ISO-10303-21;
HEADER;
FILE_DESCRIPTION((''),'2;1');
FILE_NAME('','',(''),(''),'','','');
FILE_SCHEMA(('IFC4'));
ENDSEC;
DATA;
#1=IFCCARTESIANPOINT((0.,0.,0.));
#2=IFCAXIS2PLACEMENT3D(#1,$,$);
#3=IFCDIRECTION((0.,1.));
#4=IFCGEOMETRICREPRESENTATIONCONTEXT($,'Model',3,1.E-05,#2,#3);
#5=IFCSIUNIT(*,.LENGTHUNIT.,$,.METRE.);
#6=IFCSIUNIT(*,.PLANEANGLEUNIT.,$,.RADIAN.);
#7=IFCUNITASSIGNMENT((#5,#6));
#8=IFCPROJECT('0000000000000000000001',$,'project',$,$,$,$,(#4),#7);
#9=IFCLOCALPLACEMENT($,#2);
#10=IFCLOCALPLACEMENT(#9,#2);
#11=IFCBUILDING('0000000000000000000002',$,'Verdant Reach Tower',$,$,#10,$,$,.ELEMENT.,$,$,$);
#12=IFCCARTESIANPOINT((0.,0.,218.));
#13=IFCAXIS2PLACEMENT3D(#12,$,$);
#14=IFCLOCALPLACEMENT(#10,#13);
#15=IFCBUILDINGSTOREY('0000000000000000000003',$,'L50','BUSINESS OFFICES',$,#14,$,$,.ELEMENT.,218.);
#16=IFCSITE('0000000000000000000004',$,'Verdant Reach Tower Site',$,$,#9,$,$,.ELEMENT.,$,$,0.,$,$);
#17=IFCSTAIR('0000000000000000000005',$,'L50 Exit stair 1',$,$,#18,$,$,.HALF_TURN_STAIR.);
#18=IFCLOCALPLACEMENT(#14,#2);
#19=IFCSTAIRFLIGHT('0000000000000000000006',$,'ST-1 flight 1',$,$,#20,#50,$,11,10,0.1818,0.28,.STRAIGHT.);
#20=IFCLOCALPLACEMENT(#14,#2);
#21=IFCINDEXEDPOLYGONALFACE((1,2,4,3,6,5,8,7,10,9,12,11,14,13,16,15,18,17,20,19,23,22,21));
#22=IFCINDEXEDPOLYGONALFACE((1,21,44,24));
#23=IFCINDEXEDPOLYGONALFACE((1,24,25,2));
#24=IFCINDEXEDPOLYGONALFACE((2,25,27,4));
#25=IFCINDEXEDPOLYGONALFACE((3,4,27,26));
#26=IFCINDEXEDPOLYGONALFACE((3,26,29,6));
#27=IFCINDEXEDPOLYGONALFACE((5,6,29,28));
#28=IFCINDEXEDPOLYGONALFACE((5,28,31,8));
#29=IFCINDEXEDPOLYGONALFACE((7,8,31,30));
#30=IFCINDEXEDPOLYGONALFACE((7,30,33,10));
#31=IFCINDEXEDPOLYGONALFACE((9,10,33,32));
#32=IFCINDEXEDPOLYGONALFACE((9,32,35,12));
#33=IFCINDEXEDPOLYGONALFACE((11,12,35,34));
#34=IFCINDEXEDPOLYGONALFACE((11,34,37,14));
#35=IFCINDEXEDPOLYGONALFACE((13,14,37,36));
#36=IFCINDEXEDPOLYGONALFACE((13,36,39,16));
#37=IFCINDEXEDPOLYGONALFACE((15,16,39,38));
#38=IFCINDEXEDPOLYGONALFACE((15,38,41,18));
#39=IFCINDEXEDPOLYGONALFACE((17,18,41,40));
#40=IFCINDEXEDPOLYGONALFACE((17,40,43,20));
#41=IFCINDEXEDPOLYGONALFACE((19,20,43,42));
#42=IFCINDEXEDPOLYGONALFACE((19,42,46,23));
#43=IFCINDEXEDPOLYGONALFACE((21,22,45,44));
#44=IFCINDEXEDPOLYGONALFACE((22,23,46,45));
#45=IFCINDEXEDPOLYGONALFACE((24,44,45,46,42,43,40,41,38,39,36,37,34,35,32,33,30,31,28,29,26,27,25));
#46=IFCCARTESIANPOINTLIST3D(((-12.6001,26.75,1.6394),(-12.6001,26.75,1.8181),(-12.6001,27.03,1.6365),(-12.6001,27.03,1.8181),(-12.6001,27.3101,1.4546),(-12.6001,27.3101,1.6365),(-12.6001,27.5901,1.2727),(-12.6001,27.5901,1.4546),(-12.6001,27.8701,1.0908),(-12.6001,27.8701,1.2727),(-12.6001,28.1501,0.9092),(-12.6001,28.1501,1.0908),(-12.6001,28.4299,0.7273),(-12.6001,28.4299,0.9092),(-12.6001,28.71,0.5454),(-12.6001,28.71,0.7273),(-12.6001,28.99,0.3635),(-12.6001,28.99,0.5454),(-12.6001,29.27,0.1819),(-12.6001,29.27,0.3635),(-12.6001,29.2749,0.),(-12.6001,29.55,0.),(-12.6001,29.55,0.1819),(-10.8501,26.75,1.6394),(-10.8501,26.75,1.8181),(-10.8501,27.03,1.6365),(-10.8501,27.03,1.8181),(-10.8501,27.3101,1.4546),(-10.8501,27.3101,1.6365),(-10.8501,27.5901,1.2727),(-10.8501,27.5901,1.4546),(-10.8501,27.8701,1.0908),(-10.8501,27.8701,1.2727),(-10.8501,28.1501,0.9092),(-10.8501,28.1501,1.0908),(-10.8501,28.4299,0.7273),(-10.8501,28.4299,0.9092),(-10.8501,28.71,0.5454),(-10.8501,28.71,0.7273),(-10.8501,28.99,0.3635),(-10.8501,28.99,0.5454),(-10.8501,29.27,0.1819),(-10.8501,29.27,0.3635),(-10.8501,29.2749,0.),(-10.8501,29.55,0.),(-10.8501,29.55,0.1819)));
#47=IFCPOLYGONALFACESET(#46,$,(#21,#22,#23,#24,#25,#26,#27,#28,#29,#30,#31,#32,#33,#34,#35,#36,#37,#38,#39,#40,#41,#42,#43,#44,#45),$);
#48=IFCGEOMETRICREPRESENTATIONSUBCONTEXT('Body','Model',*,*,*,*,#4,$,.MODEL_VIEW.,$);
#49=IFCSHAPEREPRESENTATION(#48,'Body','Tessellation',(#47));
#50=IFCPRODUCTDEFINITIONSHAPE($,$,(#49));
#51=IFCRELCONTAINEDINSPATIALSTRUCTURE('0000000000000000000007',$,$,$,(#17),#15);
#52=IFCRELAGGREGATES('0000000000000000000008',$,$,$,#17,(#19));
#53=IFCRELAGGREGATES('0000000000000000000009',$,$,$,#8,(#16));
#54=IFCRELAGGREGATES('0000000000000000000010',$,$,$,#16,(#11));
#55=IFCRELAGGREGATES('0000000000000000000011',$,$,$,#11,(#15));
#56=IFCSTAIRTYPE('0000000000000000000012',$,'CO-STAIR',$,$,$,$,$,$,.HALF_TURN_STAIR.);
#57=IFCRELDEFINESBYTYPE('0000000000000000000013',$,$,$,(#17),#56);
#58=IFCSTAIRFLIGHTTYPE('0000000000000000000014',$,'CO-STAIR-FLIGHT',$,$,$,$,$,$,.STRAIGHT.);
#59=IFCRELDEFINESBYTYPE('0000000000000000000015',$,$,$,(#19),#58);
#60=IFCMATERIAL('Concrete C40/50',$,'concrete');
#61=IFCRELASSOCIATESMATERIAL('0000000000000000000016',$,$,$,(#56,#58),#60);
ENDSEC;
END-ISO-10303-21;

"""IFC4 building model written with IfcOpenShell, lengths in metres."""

from ifc_helpers import new_model, si_unit, direction, frame, origin, place, context, subcontext, project, spatial, polyline, outline, extrude, material, type_object, element, aggregate, save


model = new_model("IFC4")

# Units and contexts
model_context = context("Model", 3, precision=1e-05, world=origin(), true_north=direction((0.0, 1.0)))
body_context = subcontext(model_context, "Body", "Model", "MODEL_VIEW")
ifc_project = project(units=[si_unit("LENGTHUNIT", "METRE"), si_unit("PLANEANGLEUNIT", "RADIAN")], contexts=[model_context])

# Site, building, storey
site_placement = place(None, origin())
site = spatial("IfcSite", under=ifc_project, at=site_placement, Name="Verdant Reach Tower Site", CompositionType="ELEMENT", RefElevation=0.0)
building_placement = place(site_placement, origin())
building = spatial("IfcBuilding", under=site, at=building_placement, Name="Verdant Reach Tower", CompositionType="ELEMENT")
storey_placement = place(building_placement, frame((0.0, 0.0, 218.0)))
storey = spatial("IfcBuildingStorey", under=building, at=storey_placement, Name="L50", Description="BUSINESS OFFICES", CompositionType="ELEMENT", Elevation=218.0)

# Shared definitions
ifc_material_1 = material(Name="Concrete C40/50", Category="concrete")

# Stair, stair flight
stair_type = type_object("IfcStairType", Name="CO-STAIR", PredefinedType="HALF_TURN_STAIR", material=ifc_material_1)
stair_placement = place(storey_placement, origin())
stair = element("IfcStair", 1, at=stair_placement, inside=storey, type_object=stair_type, Name="L50 Exit stair 1", PredefinedType="HALF_TURN_STAIR")
stair_flight_type = type_object("IfcStairFlightType", Name="CO-STAIR-FLIGHT", PredefinedType="STRAIGHT", material=ifc_material_1)
stair_flight_placement = place(storey_placement, frame((-11.7251, 29.55, 0.0), z_axis=(0.0, 0.0, 1.0), x_axis=(0.0, -1.0, 0.0)))
stair_flight = element("IfcStairFlight", 2, at=stair_flight_placement, type_object=stair_flight_type, Name="ST-1 flight 1", NumberOfRisers=11, NumberOfTreads=10, PredefinedType="STRAIGHT", RiserHeight=0.1818, TreadLength=0.28, context=body_context, shape_type="SweptSolid", body=[
    extrude(outline(polyline([(0.0, 0.0), (0.0, 0.1819), (0.28, 0.1819), (0.28, 0.3635), (0.5601, 0.3635), (0.5601, 0.5454), (0.8401, 0.5454), (0.8401, 0.7273), (1.1201, 0.7273), (1.1201, 0.9092), (1.3999, 0.9092), (1.3999, 1.0908), (1.6799, 1.0908), (1.6799, 1.2727), (1.96, 1.2727), (1.96, 1.4546), (2.24, 1.4546), (2.24, 1.6365), (2.52, 1.6365), (2.52, 1.8181), (2.8, 1.8181), (2.8, 2.0), (2.8, 1.6394), (0.2751, 0.0), (0.0, 0.0)])), frame((0.0, 0.875, 0.0), z_axis=(0.0, -1.0, 0.0), x_axis=(1.0, 0.0, 0.0)), (0.0, 0.0, 1.0), 1.75),
])
aggregate(stair, [stair_flight])

save(model, "model.ifc")
